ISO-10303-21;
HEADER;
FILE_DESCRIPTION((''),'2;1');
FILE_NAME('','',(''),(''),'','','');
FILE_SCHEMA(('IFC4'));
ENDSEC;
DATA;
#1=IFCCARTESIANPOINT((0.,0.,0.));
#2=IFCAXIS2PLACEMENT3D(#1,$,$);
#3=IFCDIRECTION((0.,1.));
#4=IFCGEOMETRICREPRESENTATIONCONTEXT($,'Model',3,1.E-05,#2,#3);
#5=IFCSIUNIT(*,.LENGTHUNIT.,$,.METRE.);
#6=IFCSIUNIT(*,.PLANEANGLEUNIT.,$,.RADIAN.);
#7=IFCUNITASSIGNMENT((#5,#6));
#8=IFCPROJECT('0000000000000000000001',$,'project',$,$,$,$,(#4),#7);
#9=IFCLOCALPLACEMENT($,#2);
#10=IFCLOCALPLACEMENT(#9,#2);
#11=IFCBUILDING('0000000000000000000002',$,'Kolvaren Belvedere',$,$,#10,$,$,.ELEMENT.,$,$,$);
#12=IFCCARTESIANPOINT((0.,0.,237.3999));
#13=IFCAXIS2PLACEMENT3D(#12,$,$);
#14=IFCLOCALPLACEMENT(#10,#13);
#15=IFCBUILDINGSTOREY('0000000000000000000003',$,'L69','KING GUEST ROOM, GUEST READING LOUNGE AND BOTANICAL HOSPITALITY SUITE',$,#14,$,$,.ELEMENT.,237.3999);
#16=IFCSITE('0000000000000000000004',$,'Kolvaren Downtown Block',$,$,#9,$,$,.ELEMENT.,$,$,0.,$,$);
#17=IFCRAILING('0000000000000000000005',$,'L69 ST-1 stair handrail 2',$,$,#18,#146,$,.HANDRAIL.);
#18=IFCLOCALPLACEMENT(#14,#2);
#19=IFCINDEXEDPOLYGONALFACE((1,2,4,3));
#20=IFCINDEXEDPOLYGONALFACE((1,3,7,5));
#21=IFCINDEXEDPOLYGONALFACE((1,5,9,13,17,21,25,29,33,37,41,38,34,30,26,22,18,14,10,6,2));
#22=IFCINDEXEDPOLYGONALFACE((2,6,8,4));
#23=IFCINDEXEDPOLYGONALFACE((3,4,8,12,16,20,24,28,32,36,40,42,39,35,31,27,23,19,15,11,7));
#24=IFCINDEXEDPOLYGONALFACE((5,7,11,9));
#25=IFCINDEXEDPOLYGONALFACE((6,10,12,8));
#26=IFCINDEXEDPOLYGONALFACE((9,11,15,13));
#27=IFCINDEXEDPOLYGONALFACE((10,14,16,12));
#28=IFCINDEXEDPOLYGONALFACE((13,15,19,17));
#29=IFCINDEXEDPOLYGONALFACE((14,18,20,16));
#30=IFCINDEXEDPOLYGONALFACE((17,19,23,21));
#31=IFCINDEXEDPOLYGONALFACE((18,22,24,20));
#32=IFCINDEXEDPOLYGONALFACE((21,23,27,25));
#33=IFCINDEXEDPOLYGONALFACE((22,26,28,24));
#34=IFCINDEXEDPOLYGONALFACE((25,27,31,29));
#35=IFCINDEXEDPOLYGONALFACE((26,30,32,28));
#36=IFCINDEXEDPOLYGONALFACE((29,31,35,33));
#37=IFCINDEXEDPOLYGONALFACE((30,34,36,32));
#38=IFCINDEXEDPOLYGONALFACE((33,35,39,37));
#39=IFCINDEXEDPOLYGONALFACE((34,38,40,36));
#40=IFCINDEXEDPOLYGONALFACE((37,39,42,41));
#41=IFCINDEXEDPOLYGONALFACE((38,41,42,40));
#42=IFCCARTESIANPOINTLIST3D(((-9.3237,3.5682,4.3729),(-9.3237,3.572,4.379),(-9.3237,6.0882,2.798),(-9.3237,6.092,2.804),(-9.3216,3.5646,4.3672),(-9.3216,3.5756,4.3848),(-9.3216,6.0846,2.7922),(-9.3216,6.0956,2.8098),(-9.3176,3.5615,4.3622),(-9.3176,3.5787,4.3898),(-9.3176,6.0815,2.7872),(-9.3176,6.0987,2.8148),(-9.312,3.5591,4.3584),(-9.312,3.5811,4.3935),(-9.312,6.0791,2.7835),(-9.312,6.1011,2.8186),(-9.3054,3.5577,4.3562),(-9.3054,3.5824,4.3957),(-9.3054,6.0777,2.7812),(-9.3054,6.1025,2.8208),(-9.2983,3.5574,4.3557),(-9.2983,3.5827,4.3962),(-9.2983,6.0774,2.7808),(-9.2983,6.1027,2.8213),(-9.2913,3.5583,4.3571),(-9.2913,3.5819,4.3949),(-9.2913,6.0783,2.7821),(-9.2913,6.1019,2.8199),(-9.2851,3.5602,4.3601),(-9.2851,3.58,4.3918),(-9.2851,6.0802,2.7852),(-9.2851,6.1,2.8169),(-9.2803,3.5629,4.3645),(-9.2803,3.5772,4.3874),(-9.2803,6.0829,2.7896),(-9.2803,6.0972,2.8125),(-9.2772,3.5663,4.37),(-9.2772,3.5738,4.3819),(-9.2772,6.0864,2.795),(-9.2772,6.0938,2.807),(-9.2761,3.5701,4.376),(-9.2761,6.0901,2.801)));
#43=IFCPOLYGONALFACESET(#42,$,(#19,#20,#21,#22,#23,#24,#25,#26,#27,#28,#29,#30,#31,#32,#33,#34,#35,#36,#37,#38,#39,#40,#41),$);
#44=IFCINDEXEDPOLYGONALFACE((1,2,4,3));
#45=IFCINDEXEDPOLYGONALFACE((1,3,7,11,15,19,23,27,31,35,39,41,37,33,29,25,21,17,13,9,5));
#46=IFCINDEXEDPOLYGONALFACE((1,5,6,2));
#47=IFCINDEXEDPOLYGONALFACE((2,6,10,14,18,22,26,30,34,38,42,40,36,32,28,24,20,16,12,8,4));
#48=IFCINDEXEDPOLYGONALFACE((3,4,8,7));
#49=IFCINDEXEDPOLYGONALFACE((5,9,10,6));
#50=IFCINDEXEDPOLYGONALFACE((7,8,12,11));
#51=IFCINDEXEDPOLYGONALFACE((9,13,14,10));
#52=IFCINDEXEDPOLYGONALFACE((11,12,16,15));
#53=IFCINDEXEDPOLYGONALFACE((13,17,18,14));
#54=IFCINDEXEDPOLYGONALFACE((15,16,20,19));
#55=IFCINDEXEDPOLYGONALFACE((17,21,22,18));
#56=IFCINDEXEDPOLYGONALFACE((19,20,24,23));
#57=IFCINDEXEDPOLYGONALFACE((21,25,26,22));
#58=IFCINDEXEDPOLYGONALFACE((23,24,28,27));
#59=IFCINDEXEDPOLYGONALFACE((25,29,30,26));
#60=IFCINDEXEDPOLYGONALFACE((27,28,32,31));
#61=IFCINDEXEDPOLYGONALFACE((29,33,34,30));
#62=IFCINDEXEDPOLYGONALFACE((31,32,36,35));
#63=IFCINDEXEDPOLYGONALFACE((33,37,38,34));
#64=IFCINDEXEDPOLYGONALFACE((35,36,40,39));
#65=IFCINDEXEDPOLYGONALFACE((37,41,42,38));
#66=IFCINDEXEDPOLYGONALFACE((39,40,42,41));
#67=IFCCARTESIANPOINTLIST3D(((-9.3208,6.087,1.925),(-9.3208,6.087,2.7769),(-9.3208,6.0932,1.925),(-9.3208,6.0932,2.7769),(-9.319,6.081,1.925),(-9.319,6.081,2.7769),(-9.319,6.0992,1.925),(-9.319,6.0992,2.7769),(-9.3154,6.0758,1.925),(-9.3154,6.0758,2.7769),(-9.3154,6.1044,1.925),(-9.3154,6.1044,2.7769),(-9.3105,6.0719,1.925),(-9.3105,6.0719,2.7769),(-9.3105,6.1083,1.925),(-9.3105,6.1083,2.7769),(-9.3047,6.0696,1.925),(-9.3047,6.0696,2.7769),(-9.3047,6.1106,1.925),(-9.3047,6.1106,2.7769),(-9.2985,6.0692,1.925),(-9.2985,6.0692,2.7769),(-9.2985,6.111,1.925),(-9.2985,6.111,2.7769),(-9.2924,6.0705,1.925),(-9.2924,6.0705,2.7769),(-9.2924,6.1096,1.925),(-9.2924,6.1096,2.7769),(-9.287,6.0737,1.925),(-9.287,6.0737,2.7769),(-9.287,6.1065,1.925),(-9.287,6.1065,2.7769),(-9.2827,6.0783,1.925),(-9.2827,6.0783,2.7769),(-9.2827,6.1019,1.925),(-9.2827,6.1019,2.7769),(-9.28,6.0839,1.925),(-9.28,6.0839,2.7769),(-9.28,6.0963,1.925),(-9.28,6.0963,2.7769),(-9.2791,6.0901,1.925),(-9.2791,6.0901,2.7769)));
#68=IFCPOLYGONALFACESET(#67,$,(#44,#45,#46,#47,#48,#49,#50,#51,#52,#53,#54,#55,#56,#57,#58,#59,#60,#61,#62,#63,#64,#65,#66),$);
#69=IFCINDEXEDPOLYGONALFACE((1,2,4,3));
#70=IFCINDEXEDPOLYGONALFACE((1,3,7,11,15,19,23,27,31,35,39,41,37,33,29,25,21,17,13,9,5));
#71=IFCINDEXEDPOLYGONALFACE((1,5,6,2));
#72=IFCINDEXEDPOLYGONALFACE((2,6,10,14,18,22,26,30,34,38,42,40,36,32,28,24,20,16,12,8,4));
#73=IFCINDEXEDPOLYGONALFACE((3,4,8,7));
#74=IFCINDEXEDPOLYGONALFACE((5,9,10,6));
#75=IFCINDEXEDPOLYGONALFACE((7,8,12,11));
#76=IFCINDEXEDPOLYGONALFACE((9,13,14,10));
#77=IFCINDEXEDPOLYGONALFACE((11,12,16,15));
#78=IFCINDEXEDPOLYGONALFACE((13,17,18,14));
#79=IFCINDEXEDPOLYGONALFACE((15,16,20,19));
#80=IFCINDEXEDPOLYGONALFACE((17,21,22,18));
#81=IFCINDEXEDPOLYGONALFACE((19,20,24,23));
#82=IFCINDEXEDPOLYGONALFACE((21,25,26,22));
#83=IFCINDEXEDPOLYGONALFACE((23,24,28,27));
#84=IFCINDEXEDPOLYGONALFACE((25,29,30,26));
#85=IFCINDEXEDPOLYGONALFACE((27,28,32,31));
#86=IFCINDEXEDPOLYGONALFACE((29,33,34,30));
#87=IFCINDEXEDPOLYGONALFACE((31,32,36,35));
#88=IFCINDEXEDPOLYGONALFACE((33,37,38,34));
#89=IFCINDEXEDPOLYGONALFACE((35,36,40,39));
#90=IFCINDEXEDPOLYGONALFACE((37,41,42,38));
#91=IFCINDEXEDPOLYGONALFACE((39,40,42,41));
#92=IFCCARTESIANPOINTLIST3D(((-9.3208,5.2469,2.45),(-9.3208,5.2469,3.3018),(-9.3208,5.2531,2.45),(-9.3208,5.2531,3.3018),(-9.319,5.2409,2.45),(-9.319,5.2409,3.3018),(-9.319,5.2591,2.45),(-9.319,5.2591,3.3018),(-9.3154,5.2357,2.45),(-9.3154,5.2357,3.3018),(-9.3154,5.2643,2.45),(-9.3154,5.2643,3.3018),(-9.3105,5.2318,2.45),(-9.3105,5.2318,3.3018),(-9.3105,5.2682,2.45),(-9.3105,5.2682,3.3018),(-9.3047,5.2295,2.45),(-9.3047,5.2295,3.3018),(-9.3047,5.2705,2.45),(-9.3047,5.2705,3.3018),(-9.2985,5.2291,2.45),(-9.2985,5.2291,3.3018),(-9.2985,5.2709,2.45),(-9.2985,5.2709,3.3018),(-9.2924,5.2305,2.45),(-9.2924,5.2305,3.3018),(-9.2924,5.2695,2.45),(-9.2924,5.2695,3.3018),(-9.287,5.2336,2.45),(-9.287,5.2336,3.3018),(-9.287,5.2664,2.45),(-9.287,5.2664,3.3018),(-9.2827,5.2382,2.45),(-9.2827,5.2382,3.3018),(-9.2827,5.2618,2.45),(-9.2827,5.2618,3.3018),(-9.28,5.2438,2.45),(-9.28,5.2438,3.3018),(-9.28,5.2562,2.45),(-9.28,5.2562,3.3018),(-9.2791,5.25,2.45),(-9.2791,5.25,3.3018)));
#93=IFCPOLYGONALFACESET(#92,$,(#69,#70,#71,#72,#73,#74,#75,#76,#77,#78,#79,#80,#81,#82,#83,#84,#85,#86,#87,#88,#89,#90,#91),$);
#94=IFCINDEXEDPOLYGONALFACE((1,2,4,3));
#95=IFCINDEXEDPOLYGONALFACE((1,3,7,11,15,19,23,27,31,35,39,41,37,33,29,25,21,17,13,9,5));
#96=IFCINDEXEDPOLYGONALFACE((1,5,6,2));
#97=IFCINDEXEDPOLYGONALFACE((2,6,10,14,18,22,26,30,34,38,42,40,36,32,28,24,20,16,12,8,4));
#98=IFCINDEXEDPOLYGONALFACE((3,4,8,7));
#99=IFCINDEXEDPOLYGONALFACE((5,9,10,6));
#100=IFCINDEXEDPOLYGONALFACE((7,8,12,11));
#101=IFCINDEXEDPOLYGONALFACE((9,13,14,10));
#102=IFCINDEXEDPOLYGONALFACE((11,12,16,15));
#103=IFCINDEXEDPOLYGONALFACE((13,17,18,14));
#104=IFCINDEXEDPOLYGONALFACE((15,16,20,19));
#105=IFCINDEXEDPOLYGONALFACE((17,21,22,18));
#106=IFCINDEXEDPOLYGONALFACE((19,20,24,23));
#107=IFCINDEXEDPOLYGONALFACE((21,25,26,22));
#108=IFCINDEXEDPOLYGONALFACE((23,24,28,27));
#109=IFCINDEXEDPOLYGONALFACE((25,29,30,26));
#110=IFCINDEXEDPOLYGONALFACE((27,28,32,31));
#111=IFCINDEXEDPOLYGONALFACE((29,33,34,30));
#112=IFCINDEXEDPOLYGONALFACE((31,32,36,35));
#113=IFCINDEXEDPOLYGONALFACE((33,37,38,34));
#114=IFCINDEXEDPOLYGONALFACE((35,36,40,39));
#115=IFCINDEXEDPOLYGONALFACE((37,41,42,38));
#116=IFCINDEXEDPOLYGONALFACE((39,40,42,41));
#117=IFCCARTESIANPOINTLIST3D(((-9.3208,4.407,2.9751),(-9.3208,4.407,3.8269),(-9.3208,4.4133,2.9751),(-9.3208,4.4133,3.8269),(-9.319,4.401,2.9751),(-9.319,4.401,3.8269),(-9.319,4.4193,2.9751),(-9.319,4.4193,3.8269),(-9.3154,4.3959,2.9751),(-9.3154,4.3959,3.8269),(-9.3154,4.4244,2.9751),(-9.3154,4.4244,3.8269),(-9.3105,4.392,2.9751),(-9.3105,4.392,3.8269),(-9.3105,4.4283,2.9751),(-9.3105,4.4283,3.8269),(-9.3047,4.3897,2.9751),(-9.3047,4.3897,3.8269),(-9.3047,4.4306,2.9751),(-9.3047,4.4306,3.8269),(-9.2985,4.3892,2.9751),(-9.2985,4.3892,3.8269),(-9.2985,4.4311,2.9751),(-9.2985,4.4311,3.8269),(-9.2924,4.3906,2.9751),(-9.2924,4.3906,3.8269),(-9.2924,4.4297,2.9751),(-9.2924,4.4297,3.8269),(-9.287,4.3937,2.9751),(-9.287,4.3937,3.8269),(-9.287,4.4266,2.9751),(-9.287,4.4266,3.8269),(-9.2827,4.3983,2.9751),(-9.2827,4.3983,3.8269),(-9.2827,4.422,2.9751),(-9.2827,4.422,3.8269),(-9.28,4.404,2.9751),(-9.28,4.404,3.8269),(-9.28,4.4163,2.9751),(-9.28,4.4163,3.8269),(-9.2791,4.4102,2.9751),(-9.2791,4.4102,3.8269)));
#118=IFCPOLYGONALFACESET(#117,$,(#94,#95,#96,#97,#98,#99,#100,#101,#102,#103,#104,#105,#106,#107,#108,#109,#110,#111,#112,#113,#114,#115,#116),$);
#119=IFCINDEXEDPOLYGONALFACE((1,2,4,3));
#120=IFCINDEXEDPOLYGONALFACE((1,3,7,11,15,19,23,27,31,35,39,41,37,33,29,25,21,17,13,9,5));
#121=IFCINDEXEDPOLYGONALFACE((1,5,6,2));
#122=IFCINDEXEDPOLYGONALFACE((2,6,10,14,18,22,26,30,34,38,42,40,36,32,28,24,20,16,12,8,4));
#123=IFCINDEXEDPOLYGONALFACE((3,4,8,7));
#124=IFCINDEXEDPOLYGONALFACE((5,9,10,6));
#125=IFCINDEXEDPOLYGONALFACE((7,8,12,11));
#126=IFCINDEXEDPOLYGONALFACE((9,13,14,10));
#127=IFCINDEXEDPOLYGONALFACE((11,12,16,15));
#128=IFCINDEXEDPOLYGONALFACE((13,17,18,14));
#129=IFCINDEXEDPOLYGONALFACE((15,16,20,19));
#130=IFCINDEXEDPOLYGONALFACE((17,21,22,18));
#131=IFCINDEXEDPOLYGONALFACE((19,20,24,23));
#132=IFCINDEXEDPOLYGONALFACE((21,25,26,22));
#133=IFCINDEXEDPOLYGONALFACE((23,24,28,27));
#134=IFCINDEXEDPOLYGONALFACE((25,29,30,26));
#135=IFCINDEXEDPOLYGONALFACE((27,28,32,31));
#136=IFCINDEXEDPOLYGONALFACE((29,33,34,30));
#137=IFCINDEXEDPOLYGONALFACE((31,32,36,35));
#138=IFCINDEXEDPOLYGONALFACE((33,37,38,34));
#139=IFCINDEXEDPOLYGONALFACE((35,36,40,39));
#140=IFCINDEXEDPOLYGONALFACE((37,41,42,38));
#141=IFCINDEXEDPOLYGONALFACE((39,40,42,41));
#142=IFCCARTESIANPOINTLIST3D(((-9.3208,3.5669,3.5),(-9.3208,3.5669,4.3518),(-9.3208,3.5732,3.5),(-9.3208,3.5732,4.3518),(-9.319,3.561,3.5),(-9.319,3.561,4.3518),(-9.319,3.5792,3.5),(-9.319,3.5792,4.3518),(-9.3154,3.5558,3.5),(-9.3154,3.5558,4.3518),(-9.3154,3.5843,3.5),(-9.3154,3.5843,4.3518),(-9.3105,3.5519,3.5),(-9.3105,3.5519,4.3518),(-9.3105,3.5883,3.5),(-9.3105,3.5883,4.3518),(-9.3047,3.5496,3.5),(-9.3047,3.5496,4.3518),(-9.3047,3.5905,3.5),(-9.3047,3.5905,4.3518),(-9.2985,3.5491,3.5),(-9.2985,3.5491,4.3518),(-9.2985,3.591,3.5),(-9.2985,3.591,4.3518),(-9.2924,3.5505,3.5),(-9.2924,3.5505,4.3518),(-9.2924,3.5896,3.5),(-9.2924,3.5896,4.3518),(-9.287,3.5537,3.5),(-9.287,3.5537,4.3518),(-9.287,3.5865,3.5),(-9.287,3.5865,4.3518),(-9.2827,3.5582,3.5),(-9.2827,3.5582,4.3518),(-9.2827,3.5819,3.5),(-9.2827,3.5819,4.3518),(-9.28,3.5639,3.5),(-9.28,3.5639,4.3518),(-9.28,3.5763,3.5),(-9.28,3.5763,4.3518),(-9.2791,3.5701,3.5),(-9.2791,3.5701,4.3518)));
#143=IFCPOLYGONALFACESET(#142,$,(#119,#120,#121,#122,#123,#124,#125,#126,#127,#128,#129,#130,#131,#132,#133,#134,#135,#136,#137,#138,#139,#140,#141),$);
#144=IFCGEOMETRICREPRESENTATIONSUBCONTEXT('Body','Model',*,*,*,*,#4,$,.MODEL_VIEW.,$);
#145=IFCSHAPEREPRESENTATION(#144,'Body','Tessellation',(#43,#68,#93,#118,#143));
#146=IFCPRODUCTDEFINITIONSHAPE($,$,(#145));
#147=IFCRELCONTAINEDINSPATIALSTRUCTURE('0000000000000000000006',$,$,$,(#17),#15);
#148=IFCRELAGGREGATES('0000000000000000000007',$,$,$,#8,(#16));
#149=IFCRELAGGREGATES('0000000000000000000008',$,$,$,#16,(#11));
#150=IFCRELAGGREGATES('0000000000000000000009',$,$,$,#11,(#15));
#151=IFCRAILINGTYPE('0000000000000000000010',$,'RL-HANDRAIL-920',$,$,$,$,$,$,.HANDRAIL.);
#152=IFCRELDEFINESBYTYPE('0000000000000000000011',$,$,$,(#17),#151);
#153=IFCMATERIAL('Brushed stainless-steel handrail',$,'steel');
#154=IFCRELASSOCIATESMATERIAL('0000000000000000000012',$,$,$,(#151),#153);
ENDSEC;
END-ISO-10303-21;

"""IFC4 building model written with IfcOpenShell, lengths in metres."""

from ifc_helpers import new_model, si_unit, direction, frame, origin, origin_2d, place, context, subcontext, project, spatial, circle, extrude, material, type_object, element, save


model = new_model("IFC4")

# Units and contexts
model_context = context("Model", 3, precision=1e-05, world=origin(), true_north=direction((0.0, 1.0)))
body_context = subcontext(model_context, "Body", "Model", "MODEL_VIEW")
ifc_project = project(units=[si_unit("LENGTHUNIT", "METRE"), si_unit("PLANEANGLEUNIT", "RADIAN")], contexts=[model_context])

# Site, building, storey
site_placement = place(None, origin())
site = spatial("IfcSite", under=ifc_project, at=site_placement, Name="Kolvaren Downtown Block", CompositionType="ELEMENT", RefElevation=0.0)
building_placement = place(site_placement, origin())
building = spatial("IfcBuilding", under=site, at=building_placement, Name="Kolvaren Belvedere", CompositionType="ELEMENT")
storey_placement = place(building_placement, frame((0.0, 0.0, 237.3999)))
storey = spatial("IfcBuildingStorey", under=building, at=storey_placement, Name="L69", Description="KING GUEST ROOM, GUEST READING LOUNGE AND BOTANICAL HOSPITALITY SUITE", CompositionType="ELEMENT", Elevation=237.3999)

# Railing
ifc_material_1 = material(Name="Brushed stainless-steel handrail", Category="steel")
railing_type_1 = type_object("IfcRailingType", Name="RL-HANDRAIL-920", PredefinedType="HANDRAIL", material=ifc_material_1)
railing_1_placement = place(storey_placement, frame((-9.3, 6.0901, 1.925)))
element("IfcRailing", 1, at=railing_1_placement, inside=storey, type_object=railing_type_1, Name="L69 ST-1 stair handrail 2", PredefinedType="HANDRAIL", context=body_context, shape_type="SweptSolid", body=[
    extrude(circle(Radius=0.0239, at=origin_2d()), frame((0.0, 0.0, 0.876), z_axis=(0.0, -0.848008, 0.529984), x_axis=(1.0, 0.0, 0.0)), (0.0, 0.0, 1.0), 2.9717),
    extrude(circle(Radius=0.021, at=origin_2d()), origin(), (0.0, 0.0, 1.0), 0.8518),
    extrude(circle(Radius=0.021, at=origin_2d()), frame((0.0, -0.8401, 0.5249)), (0.0, 0.0, 1.0), 0.8518),
    extrude(circle(Radius=0.021, at=origin_2d()), frame((0.0, -1.6799, 1.05)), (0.0, 0.0, 1.0), 0.8518),
    extrude(circle(Radius=0.021, at=origin_2d()), frame((0.0, -2.52, 1.575)), (0.0, 0.0, 1.0), 0.8518),
])

save(model, "model.ifc")
